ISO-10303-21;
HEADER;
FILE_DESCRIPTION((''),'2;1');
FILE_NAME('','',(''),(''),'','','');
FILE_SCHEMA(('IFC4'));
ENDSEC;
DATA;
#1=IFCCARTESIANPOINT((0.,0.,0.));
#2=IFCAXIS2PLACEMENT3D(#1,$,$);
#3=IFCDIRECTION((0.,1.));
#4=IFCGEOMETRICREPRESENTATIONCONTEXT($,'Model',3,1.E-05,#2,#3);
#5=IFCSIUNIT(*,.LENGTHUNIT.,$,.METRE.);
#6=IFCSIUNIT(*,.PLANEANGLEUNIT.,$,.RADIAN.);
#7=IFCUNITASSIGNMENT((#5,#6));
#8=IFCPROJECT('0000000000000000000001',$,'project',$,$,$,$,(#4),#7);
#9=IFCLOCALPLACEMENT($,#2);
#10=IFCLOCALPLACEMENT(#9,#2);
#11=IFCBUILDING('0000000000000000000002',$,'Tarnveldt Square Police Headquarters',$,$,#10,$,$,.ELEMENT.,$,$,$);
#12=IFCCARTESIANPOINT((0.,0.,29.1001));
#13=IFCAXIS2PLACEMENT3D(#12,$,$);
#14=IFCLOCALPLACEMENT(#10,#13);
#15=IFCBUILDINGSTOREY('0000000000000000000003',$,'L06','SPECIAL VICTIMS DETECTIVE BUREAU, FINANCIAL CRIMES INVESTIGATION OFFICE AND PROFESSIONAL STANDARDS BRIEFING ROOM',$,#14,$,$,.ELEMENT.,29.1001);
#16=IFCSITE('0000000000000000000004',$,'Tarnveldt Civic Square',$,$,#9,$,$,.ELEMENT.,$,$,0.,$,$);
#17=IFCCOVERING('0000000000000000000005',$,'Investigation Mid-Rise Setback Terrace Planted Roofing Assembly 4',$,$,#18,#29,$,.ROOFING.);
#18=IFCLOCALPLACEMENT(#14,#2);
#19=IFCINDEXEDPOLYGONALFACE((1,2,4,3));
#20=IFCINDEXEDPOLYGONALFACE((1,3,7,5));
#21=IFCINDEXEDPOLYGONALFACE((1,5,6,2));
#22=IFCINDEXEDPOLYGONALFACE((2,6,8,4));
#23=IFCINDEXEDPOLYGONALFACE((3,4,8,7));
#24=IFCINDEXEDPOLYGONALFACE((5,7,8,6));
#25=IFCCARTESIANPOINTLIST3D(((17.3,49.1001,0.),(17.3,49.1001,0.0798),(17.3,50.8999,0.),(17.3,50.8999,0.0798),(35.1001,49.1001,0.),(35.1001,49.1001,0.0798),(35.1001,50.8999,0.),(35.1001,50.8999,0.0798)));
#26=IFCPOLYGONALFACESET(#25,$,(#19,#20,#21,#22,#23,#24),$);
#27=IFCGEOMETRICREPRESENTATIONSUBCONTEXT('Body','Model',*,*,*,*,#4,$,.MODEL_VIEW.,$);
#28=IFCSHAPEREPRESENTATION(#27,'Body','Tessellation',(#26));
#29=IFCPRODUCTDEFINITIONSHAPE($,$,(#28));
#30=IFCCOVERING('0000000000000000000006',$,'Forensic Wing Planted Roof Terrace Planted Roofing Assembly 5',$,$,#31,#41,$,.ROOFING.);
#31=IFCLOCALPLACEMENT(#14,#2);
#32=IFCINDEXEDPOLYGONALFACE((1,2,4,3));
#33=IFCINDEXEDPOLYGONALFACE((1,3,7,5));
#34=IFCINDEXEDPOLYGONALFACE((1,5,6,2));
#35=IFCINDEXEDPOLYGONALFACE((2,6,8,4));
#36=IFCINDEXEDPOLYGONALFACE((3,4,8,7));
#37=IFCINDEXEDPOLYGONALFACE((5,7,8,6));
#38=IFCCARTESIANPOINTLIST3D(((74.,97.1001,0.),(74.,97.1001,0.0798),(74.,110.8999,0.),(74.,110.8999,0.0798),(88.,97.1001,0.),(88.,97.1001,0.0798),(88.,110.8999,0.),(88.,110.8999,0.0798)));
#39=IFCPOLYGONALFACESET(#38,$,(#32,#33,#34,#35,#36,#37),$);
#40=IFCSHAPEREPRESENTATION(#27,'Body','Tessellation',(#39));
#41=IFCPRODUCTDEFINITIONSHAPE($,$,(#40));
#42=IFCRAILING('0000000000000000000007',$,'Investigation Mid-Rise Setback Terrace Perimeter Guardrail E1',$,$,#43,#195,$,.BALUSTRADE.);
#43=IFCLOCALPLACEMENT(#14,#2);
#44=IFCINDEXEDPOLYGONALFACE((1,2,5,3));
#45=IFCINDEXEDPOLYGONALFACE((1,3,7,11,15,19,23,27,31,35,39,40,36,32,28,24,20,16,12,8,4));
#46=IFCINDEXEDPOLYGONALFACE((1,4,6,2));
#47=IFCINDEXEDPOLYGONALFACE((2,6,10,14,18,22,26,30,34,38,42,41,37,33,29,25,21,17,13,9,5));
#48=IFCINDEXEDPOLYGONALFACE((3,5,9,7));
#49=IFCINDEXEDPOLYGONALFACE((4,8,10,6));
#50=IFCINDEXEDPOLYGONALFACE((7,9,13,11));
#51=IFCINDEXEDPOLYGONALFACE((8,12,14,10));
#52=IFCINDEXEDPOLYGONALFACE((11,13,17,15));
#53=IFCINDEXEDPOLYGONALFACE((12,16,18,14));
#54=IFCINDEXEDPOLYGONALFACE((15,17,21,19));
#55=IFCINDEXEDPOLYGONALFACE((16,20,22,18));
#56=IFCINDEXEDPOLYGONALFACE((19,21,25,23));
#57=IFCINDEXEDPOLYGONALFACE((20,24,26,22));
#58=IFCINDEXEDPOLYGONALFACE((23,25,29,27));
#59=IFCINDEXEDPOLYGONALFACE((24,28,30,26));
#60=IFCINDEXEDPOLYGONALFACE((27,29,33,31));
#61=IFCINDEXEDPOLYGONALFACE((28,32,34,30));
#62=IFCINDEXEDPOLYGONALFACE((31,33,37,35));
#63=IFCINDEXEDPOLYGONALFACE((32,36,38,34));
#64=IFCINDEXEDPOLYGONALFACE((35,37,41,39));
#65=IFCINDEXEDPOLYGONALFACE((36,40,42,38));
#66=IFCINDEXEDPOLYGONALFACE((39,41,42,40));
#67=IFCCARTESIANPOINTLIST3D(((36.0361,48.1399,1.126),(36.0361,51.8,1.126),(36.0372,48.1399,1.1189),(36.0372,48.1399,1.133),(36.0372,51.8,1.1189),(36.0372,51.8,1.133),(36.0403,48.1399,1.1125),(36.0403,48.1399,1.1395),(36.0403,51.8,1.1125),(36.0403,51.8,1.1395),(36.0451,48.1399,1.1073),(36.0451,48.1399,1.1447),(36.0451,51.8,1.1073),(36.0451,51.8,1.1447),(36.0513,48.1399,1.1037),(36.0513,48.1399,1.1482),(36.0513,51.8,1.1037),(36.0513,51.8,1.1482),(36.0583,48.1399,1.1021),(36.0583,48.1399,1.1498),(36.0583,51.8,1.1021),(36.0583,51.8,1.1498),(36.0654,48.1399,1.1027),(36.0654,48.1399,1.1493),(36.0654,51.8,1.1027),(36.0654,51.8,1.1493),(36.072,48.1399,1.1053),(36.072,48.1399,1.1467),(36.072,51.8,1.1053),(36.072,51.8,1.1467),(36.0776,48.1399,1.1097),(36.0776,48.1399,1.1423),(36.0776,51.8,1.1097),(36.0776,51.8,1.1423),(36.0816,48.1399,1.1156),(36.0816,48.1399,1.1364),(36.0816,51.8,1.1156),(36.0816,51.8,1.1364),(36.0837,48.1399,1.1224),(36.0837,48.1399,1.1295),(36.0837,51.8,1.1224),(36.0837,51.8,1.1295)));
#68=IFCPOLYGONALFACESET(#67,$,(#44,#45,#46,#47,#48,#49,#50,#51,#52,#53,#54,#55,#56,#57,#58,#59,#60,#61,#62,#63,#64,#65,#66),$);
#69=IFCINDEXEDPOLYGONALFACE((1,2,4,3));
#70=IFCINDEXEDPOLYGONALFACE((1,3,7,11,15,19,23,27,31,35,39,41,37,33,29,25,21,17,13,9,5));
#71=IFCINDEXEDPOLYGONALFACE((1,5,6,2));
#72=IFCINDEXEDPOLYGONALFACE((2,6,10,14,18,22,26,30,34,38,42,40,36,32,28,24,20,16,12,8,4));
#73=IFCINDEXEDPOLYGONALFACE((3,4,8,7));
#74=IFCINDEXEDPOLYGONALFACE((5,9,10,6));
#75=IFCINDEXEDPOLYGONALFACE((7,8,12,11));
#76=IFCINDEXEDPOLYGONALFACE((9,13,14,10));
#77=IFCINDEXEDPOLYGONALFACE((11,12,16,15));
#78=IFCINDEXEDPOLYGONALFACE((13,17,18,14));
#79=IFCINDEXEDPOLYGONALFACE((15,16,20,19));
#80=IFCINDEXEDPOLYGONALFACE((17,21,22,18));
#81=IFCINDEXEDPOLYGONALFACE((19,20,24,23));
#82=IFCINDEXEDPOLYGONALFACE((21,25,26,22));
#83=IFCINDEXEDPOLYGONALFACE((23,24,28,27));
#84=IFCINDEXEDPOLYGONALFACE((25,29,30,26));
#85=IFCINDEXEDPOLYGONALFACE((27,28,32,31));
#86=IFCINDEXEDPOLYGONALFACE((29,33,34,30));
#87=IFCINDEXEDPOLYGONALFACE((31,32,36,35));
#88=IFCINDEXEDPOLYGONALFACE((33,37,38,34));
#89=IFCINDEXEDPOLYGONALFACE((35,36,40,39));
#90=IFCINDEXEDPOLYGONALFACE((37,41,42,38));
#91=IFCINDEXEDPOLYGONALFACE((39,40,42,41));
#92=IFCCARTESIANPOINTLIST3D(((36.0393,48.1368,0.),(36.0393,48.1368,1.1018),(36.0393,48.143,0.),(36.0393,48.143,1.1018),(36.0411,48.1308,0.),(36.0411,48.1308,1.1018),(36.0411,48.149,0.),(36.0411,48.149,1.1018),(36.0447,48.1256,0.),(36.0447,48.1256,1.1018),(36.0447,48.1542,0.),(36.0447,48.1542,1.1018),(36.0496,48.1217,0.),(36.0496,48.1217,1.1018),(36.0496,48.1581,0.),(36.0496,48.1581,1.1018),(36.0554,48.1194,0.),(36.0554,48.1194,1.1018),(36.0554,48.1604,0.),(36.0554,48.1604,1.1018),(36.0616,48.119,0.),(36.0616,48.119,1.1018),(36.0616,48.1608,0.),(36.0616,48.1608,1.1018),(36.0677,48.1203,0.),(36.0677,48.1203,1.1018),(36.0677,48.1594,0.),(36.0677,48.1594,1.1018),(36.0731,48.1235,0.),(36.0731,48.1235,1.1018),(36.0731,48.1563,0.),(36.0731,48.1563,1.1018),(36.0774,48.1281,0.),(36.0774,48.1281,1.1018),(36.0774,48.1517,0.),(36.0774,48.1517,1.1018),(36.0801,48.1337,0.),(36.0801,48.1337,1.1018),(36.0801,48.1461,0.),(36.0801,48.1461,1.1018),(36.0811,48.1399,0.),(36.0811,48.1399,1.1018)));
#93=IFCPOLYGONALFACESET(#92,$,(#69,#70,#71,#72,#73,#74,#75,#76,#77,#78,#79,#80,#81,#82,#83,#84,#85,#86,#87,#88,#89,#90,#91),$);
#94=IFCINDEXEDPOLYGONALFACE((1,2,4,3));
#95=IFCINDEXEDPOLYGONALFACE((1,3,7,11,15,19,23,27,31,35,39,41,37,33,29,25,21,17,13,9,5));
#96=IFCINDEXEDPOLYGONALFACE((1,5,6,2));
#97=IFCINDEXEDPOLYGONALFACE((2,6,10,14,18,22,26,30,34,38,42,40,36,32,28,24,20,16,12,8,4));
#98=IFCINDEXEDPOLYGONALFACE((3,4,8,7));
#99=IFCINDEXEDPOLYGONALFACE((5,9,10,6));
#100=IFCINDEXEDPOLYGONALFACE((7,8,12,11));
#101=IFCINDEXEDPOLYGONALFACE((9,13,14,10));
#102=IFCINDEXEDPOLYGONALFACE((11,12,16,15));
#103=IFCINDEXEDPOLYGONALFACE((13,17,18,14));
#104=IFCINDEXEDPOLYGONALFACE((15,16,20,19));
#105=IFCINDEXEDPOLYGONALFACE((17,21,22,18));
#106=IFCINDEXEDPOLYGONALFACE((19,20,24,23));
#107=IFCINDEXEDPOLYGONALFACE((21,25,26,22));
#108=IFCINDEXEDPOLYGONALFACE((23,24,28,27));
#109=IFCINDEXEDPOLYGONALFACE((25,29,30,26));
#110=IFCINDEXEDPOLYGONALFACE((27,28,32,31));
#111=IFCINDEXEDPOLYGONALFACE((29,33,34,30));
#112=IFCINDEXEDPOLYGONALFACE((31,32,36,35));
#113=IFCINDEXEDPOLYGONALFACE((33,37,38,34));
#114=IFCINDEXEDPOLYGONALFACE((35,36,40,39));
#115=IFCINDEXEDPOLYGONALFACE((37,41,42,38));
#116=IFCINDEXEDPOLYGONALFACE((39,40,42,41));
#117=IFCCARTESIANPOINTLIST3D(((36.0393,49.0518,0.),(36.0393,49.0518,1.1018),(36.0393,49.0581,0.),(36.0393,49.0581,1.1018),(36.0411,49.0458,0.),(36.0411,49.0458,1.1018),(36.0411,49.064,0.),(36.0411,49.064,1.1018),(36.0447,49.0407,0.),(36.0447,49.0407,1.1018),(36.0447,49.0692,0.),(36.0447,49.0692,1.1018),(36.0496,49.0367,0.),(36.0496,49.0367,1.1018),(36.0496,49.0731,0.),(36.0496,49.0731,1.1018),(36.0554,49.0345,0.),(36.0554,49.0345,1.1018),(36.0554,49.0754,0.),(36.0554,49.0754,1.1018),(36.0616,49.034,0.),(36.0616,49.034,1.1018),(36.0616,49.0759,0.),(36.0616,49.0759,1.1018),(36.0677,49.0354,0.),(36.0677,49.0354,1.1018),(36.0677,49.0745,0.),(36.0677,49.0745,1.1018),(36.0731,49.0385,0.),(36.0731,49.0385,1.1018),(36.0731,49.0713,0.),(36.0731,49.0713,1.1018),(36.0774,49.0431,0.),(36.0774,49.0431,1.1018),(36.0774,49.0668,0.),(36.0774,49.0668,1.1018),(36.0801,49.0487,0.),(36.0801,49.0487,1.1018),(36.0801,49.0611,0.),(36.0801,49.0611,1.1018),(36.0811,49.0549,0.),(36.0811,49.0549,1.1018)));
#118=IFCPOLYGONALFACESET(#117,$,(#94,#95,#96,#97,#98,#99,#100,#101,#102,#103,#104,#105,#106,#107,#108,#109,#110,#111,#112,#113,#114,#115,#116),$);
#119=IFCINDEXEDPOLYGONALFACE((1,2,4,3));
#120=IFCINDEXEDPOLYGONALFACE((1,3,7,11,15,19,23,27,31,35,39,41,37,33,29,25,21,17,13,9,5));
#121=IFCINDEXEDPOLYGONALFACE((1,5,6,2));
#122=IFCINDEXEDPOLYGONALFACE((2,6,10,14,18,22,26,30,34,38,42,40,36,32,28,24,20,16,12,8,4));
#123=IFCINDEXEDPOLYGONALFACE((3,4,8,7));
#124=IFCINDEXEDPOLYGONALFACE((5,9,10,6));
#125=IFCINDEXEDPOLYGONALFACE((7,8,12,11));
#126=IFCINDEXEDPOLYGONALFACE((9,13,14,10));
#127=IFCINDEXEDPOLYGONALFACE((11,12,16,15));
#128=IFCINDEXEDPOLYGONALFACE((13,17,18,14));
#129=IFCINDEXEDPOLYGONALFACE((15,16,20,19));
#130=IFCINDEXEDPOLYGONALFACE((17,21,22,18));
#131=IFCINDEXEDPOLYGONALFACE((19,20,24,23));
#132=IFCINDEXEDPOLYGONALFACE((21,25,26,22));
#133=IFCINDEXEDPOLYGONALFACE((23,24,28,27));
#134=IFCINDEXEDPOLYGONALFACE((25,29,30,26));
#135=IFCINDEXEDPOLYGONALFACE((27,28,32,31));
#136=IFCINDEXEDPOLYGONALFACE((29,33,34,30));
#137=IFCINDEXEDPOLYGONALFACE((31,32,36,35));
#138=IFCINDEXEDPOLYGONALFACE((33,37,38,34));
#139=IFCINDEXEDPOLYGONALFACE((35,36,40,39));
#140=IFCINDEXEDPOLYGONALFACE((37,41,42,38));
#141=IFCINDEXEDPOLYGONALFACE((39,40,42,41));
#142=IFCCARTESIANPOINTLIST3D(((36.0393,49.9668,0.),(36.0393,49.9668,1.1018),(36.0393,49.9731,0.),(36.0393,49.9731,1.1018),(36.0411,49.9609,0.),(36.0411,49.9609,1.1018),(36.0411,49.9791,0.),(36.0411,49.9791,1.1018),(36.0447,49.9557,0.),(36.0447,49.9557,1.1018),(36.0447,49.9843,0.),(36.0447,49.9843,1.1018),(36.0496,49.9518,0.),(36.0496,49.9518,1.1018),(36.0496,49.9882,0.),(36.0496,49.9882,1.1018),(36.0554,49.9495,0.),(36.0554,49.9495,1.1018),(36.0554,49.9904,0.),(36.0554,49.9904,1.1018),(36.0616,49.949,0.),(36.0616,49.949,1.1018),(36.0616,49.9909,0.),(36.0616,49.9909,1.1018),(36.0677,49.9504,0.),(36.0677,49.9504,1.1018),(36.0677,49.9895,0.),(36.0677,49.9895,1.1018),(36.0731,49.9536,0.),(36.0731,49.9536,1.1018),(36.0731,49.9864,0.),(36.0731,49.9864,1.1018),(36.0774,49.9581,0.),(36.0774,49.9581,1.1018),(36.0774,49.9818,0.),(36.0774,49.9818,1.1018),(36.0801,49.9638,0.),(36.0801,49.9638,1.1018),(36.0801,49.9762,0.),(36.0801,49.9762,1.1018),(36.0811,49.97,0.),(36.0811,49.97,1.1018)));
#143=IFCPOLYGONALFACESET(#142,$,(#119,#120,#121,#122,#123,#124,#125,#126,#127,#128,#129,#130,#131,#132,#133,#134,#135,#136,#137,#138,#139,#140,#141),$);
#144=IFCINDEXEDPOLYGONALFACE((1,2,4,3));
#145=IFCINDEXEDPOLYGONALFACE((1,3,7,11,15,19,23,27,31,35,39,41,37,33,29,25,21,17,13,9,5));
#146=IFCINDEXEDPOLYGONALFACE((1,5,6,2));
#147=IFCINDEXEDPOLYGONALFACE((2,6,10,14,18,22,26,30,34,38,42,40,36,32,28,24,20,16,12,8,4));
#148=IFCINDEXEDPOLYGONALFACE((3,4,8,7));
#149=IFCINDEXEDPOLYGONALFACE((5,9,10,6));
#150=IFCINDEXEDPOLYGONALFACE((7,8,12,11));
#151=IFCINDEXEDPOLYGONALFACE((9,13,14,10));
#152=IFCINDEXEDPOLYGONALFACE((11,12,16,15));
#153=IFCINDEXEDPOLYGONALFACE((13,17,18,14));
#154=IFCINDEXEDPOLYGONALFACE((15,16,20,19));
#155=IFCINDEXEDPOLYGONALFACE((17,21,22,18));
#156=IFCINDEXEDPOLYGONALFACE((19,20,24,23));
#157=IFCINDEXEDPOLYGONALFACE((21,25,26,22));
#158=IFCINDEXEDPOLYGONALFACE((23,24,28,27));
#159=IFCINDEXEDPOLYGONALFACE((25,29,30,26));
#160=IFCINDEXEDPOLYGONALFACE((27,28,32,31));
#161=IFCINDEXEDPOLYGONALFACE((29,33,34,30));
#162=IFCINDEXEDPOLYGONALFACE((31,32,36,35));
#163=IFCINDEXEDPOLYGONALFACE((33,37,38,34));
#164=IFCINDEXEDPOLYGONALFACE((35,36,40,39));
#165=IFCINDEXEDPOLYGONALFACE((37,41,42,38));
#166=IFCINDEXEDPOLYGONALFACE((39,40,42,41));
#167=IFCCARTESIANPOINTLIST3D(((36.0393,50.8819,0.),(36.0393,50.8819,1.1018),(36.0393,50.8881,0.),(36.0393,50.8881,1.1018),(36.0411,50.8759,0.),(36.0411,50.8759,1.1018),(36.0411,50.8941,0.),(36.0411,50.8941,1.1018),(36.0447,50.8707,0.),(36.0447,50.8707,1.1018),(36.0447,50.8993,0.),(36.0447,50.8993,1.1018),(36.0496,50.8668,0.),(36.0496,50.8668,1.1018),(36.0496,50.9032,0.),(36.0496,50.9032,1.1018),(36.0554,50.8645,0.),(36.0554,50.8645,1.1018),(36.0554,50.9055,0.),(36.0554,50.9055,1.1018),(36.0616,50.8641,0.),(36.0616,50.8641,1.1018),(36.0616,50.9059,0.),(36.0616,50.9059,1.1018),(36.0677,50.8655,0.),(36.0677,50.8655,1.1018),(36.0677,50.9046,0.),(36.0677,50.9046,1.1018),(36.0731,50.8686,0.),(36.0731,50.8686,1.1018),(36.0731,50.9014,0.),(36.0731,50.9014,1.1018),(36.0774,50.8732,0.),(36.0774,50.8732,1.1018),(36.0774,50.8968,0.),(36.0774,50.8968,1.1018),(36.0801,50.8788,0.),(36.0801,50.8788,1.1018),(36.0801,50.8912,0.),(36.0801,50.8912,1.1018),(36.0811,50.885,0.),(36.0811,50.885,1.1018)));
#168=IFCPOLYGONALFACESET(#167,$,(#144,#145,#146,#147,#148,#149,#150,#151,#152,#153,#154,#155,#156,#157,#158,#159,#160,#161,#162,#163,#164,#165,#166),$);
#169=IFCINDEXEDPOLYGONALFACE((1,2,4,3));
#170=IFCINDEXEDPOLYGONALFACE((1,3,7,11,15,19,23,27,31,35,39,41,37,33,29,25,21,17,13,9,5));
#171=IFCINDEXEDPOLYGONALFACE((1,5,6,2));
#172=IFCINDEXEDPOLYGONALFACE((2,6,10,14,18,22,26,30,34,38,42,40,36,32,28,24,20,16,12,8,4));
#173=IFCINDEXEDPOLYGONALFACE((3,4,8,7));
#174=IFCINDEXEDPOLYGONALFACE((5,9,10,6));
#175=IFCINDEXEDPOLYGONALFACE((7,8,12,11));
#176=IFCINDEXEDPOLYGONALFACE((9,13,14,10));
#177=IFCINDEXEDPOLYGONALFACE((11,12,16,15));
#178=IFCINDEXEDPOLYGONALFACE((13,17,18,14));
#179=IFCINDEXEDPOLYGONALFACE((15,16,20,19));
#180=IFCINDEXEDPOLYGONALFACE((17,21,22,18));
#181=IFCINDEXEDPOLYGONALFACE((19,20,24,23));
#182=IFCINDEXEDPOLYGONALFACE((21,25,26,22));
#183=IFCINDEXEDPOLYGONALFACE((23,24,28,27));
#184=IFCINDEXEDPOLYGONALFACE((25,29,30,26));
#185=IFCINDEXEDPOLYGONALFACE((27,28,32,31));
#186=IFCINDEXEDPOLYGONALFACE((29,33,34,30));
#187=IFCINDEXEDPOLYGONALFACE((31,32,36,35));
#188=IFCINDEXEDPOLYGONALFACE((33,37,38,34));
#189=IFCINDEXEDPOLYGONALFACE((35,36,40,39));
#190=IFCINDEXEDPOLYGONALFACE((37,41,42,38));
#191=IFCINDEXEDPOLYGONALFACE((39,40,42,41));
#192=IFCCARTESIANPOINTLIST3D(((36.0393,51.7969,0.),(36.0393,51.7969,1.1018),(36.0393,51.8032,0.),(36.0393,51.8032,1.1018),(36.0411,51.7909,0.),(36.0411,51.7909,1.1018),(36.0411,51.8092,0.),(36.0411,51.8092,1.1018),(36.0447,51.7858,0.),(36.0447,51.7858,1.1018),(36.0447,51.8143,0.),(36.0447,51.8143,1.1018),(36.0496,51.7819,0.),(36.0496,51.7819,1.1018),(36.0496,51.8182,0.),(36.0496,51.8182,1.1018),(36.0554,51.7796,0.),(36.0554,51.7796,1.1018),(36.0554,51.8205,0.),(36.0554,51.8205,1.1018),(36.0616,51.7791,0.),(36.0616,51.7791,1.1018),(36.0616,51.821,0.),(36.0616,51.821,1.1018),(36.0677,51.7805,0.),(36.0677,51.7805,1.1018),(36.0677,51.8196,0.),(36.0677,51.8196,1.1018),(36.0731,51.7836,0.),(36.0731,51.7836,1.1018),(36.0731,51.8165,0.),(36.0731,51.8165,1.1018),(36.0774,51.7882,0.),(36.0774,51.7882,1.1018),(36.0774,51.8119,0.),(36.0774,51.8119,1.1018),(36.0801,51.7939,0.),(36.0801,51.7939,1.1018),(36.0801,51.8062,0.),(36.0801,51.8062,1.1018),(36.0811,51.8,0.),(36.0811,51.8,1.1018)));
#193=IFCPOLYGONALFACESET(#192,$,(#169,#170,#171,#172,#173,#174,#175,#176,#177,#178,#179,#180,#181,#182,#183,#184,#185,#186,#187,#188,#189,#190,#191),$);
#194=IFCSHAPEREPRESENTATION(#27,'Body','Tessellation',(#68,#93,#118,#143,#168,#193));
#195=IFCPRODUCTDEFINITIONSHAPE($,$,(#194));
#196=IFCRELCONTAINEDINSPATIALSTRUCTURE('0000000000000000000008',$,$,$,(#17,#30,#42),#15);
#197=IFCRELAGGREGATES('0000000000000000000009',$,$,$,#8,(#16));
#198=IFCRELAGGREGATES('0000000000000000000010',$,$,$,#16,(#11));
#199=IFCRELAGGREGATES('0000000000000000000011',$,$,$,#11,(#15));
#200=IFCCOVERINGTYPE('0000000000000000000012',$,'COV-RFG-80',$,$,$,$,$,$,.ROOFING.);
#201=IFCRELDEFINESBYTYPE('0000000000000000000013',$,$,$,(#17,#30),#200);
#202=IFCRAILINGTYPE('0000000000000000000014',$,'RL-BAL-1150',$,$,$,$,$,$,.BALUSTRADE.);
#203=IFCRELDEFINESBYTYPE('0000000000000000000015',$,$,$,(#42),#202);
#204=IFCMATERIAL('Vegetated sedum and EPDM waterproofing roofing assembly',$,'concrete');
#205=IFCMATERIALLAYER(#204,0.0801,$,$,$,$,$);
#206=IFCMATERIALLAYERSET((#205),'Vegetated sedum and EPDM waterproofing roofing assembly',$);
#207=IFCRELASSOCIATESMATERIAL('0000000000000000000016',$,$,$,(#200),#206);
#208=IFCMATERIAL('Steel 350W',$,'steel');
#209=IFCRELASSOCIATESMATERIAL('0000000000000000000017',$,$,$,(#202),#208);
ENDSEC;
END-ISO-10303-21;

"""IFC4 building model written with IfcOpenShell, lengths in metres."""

from ifc_helpers import new_model, si_unit, direction, frame, origin, origin_2d, place, context, subcontext, project, spatial, polyline, circle, outline, extrude, material, layer, layer_set, type_object, element, save


model = new_model("IFC4")

# Units and contexts
model_context = context("Model", 3, precision=1e-05, world=origin(), true_north=direction((0.0, 1.0)))
body_context = subcontext(model_context, "Body", "Model", "MODEL_VIEW")
ifc_project = project(units=[si_unit("LENGTHUNIT", "METRE"), si_unit("PLANEANGLEUNIT", "RADIAN")], contexts=[model_context])

# Site, building, storey
site_placement = place(None, origin())
site = spatial("IfcSite", under=ifc_project, at=site_placement, Name="Tarnveldt Civic Square", CompositionType="ELEMENT", RefElevation=0.0)
building_placement = place(site_placement, origin())
building = spatial("IfcBuilding", under=site, at=building_placement, Name="Tarnveldt Square Police Headquarters", CompositionType="ELEMENT")
storey_placement = place(building_placement, frame((0.0, 0.0, 29.1001)))
storey = spatial("IfcBuildingStorey", under=building, at=storey_placement, Name="L06", Description="SPECIAL VICTIMS DETECTIVE BUREAU, FINANCIAL CRIMES INVESTIGATION OFFICE AND PROFESSIONAL STANDARDS BRIEFING ROOM", CompositionType="ELEMENT", Elevation=29.1001)

# Shared definitions
ifc_material_1 = material(Name="Steel 350W", Category="steel")

# Coverings
ifc_material_2 = material(Name="Vegetated sedum and EPDM waterproofing roofing assembly", Category="concrete")
ifc_layer_1 = layer(ifc_material_2, 0.0801)
ifc_layer_set_1 = layer_set([ifc_layer_1], Name="Vegetated sedum and EPDM waterproofing roofing assembly")
covering_type = type_object("IfcCoveringType", Name="COV-RFG-80", PredefinedType="ROOFING", material=ifc_layer_set_1)
covering_1_placement = place(storey_placement, origin())
element("IfcCovering", 1, at=covering_1_placement, inside=storey, type_object=covering_type, Name="Investigation Mid-Rise Setback Terrace Planted Roofing Assembly 4", PredefinedType="ROOFING", context=body_context, shape_type="SweptSolid", body=[
    extrude(outline(polyline([(35.1001, 49.1001), (35.1001, 50.8999), (17.3, 50.8999), (17.3, 49.1001), (35.1001, 49.1001)])), origin(), (0.0, 0.0, 1.0), 0.0798),
])
covering_2_placement = place(storey_placement, origin())
element("IfcCovering", 2, at=covering_2_placement, inside=storey, type_object=covering_type, Name="Forensic Wing Planted Roof Terrace Planted Roofing Assembly 5", PredefinedType="ROOFING", context=body_context, shape_type="SweptSolid", body=[
    extrude(outline(polyline([(88.0, 97.1001), (88.0, 110.8999), (74.0, 110.8999), (74.0, 97.1001), (88.0, 97.1001)])), origin(), (0.0, 0.0, 1.0), 0.0798),
])

# Railing
railing_type = type_object("IfcRailingType", Name="RL-BAL-1150", PredefinedType="BALUSTRADE", material=ifc_material_1)
railing_1_placement = place(storey_placement, frame((36.0601, 48.1399, 0.0)))
element("IfcRailing", 3, at=railing_1_placement, inside=storey, type_object=railing_type, Name="Investigation Mid-Rise Setback Terrace Perimeter Guardrail E1", PredefinedType="BALUSTRADE", context=body_context, shape_type="SweptSolid", body=[
    extrude(circle(Radius=0.0239, at=origin_2d()), frame((0.0, 0.0, 1.126), z_axis=(0.0, 1.0, 0.0), x_axis=(-1.0, 0.0, 0.0)), (0.0, 0.0, 1.0), 3.6602),
    extrude(circle(Radius=0.021, at=origin_2d()), origin(), (0.0, 0.0, 1.0), 1.1018),
    extrude(circle(Radius=0.021, at=origin_2d()), frame((0.0, 0.915, 0.0)), (0.0, 0.0, 1.0), 1.1018),
    extrude(circle(Radius=0.021, at=origin_2d()), frame((0.0, 1.8301, 0.0)), (0.0, 0.0, 1.0), 1.1018),
    extrude(circle(Radius=0.021, at=origin_2d()), frame((0.0, 2.7451, 0.0)), (0.0, 0.0, 1.0), 1.1018),
    extrude(circle(Radius=0.021, at=origin_2d()), frame((0.0, 3.6602, 0.0)), (0.0, 0.0, 1.0), 1.1018),
])

save(model, "model.ifc")
